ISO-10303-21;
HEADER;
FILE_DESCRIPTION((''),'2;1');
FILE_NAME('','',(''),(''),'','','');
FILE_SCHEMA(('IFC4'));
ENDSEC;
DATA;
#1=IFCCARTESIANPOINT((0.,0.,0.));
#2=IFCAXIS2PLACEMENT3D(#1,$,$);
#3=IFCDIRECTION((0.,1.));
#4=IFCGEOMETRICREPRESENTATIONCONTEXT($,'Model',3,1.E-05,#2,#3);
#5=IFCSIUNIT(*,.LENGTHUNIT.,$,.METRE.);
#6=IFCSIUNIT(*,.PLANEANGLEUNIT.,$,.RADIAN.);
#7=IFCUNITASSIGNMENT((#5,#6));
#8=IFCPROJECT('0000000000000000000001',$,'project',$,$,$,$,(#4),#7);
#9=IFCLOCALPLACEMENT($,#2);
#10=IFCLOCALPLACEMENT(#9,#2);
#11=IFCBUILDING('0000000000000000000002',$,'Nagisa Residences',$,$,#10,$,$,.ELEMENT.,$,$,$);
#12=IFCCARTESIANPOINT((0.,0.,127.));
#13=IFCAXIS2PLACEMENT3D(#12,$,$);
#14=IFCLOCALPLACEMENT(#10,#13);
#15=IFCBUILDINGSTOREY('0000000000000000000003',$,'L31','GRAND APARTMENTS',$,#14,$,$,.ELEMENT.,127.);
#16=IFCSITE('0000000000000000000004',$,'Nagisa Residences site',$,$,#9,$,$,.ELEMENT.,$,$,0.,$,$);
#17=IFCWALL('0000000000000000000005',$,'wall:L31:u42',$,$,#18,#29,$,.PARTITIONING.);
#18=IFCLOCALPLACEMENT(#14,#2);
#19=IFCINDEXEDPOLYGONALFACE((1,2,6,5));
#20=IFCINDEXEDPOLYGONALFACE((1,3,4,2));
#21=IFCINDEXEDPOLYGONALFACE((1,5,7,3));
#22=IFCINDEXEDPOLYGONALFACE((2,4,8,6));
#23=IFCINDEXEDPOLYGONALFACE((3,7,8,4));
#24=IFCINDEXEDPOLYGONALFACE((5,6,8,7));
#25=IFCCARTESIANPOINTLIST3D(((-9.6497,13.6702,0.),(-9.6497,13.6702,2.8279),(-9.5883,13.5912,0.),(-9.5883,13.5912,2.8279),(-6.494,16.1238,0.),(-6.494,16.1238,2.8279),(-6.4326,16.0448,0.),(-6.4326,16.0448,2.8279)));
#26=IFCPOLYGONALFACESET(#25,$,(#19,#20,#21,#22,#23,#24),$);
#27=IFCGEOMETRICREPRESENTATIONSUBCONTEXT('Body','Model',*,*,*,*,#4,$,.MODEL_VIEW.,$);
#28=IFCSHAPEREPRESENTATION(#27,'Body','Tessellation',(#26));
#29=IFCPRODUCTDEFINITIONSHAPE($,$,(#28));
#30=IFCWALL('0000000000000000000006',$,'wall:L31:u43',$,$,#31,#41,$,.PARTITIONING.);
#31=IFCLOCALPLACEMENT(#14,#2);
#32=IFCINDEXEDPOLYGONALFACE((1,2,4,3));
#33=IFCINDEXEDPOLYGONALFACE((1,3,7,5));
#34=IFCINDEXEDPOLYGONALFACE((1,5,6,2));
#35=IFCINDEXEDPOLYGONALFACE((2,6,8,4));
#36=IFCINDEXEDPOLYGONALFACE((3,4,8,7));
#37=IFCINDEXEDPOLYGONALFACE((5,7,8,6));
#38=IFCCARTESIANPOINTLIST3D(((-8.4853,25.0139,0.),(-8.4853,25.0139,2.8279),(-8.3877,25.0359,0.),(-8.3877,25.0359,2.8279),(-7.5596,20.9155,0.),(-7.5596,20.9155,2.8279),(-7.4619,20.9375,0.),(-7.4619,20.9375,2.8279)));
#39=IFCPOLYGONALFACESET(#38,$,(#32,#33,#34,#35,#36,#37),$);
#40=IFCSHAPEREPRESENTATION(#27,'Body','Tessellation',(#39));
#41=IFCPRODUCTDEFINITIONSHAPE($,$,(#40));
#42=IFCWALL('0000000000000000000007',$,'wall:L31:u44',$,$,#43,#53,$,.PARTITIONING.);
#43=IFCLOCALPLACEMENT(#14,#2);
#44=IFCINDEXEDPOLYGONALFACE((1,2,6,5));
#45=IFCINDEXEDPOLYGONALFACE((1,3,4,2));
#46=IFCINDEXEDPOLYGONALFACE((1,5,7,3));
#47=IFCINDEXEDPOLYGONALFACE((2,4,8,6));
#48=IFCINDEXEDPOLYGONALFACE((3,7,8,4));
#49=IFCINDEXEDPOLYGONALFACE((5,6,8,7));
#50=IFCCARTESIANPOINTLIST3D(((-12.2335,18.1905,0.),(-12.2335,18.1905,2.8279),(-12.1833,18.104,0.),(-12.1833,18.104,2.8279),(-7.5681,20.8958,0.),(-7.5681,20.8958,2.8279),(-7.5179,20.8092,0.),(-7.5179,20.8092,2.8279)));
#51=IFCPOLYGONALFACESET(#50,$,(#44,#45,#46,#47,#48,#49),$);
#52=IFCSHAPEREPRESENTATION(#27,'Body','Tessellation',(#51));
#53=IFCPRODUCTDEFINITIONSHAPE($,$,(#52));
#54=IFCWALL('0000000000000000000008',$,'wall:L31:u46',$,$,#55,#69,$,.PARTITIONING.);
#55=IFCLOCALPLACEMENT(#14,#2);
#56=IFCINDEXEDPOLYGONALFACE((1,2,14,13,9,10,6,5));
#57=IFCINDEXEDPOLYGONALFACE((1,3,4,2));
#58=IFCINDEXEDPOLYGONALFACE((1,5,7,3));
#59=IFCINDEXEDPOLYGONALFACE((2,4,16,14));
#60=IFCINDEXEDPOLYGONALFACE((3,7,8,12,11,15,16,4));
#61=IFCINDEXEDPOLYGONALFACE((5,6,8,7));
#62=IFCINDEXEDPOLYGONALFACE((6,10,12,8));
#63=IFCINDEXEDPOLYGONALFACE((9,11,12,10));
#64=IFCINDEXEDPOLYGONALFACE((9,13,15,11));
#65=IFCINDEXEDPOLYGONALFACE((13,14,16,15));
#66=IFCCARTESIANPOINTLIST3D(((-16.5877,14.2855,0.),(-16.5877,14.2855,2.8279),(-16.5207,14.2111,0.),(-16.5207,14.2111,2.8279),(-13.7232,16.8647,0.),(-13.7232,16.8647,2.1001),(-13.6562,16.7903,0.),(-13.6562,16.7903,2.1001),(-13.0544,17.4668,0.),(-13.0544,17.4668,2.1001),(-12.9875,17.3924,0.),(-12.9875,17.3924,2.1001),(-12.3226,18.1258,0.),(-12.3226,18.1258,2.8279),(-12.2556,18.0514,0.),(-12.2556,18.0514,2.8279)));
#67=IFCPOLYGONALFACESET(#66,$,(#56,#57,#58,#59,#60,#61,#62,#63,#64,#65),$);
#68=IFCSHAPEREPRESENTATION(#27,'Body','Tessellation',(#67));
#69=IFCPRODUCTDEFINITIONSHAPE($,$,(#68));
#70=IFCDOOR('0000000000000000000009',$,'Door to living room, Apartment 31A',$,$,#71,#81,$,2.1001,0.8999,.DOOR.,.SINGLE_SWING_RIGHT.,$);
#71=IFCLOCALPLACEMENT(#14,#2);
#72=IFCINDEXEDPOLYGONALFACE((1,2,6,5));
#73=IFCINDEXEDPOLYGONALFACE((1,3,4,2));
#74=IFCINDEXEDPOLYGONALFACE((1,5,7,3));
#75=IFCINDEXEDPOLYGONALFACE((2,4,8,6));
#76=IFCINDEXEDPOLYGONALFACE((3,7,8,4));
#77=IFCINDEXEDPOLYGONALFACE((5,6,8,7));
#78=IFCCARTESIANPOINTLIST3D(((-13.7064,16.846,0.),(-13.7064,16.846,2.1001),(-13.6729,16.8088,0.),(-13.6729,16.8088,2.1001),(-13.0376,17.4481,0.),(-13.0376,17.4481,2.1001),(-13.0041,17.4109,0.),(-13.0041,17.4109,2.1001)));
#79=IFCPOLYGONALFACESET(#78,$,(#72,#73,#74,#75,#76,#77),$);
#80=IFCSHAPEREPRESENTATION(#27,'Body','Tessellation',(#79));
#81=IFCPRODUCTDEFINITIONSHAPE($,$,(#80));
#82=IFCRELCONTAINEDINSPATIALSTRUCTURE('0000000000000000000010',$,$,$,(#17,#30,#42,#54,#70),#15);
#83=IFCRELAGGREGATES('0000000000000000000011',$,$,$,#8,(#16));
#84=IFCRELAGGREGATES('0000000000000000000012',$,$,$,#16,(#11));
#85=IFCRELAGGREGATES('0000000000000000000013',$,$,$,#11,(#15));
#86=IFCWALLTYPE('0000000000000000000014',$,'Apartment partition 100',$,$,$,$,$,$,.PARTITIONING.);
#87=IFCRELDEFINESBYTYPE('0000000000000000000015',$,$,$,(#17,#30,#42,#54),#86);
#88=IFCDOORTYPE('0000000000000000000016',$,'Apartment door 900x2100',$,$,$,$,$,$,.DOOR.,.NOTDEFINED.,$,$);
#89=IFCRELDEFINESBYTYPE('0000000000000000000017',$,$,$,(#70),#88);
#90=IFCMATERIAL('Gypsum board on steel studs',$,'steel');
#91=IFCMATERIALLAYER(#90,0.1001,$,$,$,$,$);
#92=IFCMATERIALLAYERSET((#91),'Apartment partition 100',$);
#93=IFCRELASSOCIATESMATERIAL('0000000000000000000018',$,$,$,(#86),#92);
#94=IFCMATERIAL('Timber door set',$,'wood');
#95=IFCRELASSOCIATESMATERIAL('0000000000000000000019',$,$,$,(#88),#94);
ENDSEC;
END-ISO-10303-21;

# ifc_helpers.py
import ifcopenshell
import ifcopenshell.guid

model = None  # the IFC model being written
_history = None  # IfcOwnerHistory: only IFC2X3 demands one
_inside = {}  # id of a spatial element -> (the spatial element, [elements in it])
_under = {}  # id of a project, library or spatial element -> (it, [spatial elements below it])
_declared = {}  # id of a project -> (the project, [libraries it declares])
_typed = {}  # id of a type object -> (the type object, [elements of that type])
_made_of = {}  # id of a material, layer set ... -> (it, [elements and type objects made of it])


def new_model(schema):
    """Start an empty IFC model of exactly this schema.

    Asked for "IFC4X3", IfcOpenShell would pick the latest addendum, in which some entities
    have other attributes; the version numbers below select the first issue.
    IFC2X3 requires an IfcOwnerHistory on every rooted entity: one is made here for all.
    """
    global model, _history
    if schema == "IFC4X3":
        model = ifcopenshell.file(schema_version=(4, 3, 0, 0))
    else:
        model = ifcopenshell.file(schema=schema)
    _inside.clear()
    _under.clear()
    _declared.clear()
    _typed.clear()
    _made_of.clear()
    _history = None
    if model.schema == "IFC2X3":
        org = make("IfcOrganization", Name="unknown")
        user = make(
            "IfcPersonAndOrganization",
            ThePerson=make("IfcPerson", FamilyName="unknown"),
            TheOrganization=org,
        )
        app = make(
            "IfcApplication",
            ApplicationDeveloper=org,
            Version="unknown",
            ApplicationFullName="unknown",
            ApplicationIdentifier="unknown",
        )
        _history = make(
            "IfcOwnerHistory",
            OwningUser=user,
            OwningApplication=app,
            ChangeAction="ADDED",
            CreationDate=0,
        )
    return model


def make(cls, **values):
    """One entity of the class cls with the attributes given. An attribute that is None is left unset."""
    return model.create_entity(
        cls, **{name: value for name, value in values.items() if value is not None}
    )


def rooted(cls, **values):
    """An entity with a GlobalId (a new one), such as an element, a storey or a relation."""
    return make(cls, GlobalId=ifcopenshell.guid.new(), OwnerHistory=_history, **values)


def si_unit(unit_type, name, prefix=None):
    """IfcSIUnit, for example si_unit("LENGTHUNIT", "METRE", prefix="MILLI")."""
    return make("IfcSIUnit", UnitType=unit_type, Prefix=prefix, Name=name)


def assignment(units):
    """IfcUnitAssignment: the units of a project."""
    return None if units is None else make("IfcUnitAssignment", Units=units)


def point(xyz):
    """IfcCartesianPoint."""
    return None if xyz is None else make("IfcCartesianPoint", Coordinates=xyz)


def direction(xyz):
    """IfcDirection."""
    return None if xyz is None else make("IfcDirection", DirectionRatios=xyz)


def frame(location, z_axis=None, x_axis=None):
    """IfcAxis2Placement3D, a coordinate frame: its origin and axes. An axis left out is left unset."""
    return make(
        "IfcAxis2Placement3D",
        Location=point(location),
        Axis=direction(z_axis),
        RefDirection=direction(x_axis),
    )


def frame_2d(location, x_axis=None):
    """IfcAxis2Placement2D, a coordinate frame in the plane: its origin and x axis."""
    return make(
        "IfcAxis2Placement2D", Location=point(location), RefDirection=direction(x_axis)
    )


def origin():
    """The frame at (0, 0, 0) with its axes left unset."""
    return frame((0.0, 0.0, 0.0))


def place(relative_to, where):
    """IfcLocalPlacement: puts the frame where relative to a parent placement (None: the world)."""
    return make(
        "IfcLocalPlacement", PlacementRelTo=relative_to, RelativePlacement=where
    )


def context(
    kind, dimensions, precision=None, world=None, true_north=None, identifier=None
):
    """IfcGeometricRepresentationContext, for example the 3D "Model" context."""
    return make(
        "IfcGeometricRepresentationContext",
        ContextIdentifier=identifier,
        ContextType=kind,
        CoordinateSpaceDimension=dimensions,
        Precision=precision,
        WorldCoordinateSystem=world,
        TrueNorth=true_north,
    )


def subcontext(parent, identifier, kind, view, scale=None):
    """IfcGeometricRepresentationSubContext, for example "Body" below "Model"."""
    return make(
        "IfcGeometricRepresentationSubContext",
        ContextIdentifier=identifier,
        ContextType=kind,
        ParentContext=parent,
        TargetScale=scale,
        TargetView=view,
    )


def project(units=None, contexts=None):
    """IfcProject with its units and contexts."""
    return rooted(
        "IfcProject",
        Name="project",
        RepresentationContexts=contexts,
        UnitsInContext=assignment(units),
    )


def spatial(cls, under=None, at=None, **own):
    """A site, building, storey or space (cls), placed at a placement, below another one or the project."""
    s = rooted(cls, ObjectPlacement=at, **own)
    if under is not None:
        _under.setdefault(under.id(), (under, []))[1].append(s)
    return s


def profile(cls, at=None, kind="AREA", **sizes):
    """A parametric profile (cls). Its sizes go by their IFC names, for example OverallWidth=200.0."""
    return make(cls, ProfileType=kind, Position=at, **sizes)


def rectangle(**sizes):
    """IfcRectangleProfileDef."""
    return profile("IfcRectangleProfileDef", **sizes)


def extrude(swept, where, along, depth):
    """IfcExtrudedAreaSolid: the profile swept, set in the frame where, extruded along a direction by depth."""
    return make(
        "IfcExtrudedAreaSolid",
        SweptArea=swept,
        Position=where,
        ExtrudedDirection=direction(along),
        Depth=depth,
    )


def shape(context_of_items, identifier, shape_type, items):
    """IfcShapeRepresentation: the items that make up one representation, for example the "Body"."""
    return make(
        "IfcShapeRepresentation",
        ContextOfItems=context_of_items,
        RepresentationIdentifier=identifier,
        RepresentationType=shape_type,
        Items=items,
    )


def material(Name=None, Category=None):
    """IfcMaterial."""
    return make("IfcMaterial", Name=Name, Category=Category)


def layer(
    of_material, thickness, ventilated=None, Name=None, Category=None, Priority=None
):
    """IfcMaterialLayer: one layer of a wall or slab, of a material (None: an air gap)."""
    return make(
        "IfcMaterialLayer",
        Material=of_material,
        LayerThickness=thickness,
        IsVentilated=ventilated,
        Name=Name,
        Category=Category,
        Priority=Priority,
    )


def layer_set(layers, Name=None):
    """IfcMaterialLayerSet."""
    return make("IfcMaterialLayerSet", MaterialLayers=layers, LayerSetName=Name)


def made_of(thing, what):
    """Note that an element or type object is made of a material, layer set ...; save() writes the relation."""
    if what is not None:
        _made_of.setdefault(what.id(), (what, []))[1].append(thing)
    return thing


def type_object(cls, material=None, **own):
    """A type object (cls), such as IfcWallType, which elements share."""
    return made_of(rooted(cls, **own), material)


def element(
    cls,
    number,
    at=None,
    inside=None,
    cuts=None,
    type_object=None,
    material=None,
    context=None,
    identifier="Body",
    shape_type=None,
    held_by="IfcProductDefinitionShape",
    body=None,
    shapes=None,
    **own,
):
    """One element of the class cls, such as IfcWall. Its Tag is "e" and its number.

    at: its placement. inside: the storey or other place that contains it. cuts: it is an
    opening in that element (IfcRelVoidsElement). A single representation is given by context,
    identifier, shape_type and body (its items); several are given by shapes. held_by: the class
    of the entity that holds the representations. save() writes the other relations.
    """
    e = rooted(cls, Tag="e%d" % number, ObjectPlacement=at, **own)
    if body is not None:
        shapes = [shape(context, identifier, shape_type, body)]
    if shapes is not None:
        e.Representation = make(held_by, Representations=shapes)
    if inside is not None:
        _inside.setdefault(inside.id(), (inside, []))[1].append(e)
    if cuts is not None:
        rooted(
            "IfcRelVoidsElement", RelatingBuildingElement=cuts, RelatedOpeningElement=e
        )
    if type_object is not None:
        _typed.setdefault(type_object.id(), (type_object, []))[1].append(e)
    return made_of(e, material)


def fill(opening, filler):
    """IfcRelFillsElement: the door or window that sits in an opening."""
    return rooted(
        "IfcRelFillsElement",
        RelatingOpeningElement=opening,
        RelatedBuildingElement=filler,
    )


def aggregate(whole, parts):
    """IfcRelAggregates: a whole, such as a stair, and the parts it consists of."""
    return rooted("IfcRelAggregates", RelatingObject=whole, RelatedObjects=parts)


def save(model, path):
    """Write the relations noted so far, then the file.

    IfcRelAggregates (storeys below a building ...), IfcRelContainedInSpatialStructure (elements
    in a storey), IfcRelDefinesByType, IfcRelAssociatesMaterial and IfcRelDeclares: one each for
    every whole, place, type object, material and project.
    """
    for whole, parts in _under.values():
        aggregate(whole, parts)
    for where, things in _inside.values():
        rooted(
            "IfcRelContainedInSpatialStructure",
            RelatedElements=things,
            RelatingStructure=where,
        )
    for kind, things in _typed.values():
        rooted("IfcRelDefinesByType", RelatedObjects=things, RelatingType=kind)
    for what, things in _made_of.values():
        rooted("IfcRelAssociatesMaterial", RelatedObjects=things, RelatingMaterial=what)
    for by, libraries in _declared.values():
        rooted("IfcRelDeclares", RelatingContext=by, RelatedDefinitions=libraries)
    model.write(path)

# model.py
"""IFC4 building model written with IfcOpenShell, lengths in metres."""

from ifc_helpers import new_model, si_unit, direction, frame, frame_2d, origin, place, context, subcontext, project, spatial, rectangle, extrude, material, layer, layer_set, type_object, element, fill, save


model = new_model("IFC4")

# Units and contexts
model_context = context("Model", 3, precision=1e-05, world=origin(), true_north=direction((0.0, 1.0)))
body_context = subcontext(model_context, "Body", "Model", "MODEL_VIEW")
ifc_project = project(units=[si_unit("LENGTHUNIT", "METRE"), si_unit("PLANEANGLEUNIT", "RADIAN")], contexts=[model_context])

# Site, building, storey
site_placement = place(None, origin())
site = spatial("IfcSite", under=ifc_project, at=site_placement, Name="Nagisa Residences site", CompositionType="ELEMENT", RefElevation=0.0)
building_placement = place(site_placement, origin())
building = spatial("IfcBuilding", under=site, at=building_placement, Name="Nagisa Residences", CompositionType="ELEMENT")
storey_placement = place(building_placement, frame((0.0, 0.0, 127.0)))
storey = spatial("IfcBuildingStorey", under=building, at=storey_placement, Name="L31", Description="GRAND APARTMENTS", CompositionType="ELEMENT", Elevation=127.0)

# Shared definitions
ifc_material_1 = material(Name="Gypsum board on steel studs", Category="steel")
ifc_layer_1 = layer(ifc_material_1, 0.1001)
ifc_layer_set_1 = layer_set([ifc_layer_1], Name="Apartment partition 100")
wall_type_1 = type_object("IfcWallType", Name="Apartment partition 100", PredefinedType="PARTITIONING", material=ifc_layer_set_1)
ifc_material_2 = material(Name="Timber door set", Category="wood")
door_type_1 = type_object("IfcDoorType", Name="Apartment door 900x2100", OperationType="NOTDEFINED", PredefinedType="DOOR", material=ifc_material_2)

# Walls
wall_1_placement = place(storey_placement, frame((-6.4634, 16.0842, 0.0), z_axis=(0.0, 0.0, 1.0), x_axis=(-0.789457, -0.613805, 0.0)))
element("IfcWall", 1, at=wall_1_placement, inside=storey, type_object=wall_type_1, Name="wall:L31:u42", PredefinedType="PARTITIONING", context=body_context, shape_type="SweptSolid", body=[
    extrude(rectangle(XDim=3.9973, YDim=0.1001, at=frame_2d((1.9985, 0.0))), origin(), (0.0, 0.0, 1.0), 2.8279),
])
wall_2_placement = place(storey_placement, frame((-7.5107, 20.9265, 0.0), z_axis=(0.0, 0.0, 1.0), x_axis=(-0.220338, 0.975424, 0.0)))
element("IfcWall", 2, at=wall_2_placement, inside=storey, type_object=wall_type_1, Name="wall:L31:u43", PredefinedType="PARTITIONING", context=body_context, shape_type="SweptSolid", body=[
    extrude(rectangle(XDim=4.2017, YDim=0.1001, at=frame_2d((2.1008, 0.0))), origin(), (0.0, 0.0, 1.0), 2.8279),
])
wall_3_placement = place(storey_placement, frame((-7.543, 20.8525, 0.0), z_axis=(0.0, 0.0, 1.0), x_axis=(-0.865086, -0.501623, 0.0)))
element("IfcWall", 3, at=wall_3_placement, inside=storey, type_object=wall_type_1, Name="wall:L31:u44", PredefinedType="PARTITIONING", context=body_context, shape_type="SweptSolid", body=[
    extrude(rectangle(XDim=5.3931, YDim=0.1001, at=frame_2d((2.6965, 0.0))), origin(), (0.0, 0.0, 1.0), 2.8279),
])

# Wall, opening, door
wall_4_placement = place(storey_placement, frame((-12.2891, 18.0886, 0.0), z_axis=(0.0, 0.0, 1.0), x_axis=(-0.743146, -0.669129, 0.0)))
wall_4 = element("IfcWall", 4, at=wall_4_placement, inside=storey, type_object=wall_type_1, Name="wall:L31:u46", PredefinedType="PARTITIONING", context=body_context, shape_type="SweptSolid", body=[
    extrude(rectangle(XDim=5.7393, YDim=0.1001, at=frame_2d((2.8696, 0.0))), origin(), (0.0, 0.0, 1.0), 2.8279),
])
opening_1_placement = place(wall_4_placement, frame((0.9849, 0.0, 0.0)))
opening_1 = element("IfcOpeningElement", 5, at=opening_1_placement, cuts=wall_4, PredefinedType="OPENING", context=body_context, shape_type="SweptSolid", body=[
    extrude(rectangle(XDim=0.8999, YDim=2.1001, at=frame_2d((0.45, 1.05))), frame((0.0, 0.0601, 0.0), z_axis=(0.0, -1.0, 0.0), x_axis=(1.0, 0.0, 0.0)), (0.0, 0.0, 1.0), 0.1201),
])
door_1_placement = place(opening_1_placement, frame((0.8999, 0.0, 0.0), x_axis=(-1.0, 0.0, 0.0)))
door_1 = element("IfcDoor", 6, at=door_1_placement, inside=storey, type_object=door_type_1, Name="Door to living room, Apartment 31A", OperationType="SINGLE_SWING_RIGHT", OverallHeight=2.1001, OverallWidth=0.8999, PredefinedType="DOOR", context=body_context, shape_type="SweptSolid", body=[
    extrude(rectangle(XDim=0.8999, YDim=2.1001, at=frame_2d((0.45, 1.05))), frame((0.0, 0.0249, 0.0), z_axis=(0.0, -1.0, 0.0), x_axis=(1.0, 0.0, 0.0)), (0.0, 0.0, 1.0), 0.05),
])
fill(opening_1, door_1)

save(model, "model.ifc")
